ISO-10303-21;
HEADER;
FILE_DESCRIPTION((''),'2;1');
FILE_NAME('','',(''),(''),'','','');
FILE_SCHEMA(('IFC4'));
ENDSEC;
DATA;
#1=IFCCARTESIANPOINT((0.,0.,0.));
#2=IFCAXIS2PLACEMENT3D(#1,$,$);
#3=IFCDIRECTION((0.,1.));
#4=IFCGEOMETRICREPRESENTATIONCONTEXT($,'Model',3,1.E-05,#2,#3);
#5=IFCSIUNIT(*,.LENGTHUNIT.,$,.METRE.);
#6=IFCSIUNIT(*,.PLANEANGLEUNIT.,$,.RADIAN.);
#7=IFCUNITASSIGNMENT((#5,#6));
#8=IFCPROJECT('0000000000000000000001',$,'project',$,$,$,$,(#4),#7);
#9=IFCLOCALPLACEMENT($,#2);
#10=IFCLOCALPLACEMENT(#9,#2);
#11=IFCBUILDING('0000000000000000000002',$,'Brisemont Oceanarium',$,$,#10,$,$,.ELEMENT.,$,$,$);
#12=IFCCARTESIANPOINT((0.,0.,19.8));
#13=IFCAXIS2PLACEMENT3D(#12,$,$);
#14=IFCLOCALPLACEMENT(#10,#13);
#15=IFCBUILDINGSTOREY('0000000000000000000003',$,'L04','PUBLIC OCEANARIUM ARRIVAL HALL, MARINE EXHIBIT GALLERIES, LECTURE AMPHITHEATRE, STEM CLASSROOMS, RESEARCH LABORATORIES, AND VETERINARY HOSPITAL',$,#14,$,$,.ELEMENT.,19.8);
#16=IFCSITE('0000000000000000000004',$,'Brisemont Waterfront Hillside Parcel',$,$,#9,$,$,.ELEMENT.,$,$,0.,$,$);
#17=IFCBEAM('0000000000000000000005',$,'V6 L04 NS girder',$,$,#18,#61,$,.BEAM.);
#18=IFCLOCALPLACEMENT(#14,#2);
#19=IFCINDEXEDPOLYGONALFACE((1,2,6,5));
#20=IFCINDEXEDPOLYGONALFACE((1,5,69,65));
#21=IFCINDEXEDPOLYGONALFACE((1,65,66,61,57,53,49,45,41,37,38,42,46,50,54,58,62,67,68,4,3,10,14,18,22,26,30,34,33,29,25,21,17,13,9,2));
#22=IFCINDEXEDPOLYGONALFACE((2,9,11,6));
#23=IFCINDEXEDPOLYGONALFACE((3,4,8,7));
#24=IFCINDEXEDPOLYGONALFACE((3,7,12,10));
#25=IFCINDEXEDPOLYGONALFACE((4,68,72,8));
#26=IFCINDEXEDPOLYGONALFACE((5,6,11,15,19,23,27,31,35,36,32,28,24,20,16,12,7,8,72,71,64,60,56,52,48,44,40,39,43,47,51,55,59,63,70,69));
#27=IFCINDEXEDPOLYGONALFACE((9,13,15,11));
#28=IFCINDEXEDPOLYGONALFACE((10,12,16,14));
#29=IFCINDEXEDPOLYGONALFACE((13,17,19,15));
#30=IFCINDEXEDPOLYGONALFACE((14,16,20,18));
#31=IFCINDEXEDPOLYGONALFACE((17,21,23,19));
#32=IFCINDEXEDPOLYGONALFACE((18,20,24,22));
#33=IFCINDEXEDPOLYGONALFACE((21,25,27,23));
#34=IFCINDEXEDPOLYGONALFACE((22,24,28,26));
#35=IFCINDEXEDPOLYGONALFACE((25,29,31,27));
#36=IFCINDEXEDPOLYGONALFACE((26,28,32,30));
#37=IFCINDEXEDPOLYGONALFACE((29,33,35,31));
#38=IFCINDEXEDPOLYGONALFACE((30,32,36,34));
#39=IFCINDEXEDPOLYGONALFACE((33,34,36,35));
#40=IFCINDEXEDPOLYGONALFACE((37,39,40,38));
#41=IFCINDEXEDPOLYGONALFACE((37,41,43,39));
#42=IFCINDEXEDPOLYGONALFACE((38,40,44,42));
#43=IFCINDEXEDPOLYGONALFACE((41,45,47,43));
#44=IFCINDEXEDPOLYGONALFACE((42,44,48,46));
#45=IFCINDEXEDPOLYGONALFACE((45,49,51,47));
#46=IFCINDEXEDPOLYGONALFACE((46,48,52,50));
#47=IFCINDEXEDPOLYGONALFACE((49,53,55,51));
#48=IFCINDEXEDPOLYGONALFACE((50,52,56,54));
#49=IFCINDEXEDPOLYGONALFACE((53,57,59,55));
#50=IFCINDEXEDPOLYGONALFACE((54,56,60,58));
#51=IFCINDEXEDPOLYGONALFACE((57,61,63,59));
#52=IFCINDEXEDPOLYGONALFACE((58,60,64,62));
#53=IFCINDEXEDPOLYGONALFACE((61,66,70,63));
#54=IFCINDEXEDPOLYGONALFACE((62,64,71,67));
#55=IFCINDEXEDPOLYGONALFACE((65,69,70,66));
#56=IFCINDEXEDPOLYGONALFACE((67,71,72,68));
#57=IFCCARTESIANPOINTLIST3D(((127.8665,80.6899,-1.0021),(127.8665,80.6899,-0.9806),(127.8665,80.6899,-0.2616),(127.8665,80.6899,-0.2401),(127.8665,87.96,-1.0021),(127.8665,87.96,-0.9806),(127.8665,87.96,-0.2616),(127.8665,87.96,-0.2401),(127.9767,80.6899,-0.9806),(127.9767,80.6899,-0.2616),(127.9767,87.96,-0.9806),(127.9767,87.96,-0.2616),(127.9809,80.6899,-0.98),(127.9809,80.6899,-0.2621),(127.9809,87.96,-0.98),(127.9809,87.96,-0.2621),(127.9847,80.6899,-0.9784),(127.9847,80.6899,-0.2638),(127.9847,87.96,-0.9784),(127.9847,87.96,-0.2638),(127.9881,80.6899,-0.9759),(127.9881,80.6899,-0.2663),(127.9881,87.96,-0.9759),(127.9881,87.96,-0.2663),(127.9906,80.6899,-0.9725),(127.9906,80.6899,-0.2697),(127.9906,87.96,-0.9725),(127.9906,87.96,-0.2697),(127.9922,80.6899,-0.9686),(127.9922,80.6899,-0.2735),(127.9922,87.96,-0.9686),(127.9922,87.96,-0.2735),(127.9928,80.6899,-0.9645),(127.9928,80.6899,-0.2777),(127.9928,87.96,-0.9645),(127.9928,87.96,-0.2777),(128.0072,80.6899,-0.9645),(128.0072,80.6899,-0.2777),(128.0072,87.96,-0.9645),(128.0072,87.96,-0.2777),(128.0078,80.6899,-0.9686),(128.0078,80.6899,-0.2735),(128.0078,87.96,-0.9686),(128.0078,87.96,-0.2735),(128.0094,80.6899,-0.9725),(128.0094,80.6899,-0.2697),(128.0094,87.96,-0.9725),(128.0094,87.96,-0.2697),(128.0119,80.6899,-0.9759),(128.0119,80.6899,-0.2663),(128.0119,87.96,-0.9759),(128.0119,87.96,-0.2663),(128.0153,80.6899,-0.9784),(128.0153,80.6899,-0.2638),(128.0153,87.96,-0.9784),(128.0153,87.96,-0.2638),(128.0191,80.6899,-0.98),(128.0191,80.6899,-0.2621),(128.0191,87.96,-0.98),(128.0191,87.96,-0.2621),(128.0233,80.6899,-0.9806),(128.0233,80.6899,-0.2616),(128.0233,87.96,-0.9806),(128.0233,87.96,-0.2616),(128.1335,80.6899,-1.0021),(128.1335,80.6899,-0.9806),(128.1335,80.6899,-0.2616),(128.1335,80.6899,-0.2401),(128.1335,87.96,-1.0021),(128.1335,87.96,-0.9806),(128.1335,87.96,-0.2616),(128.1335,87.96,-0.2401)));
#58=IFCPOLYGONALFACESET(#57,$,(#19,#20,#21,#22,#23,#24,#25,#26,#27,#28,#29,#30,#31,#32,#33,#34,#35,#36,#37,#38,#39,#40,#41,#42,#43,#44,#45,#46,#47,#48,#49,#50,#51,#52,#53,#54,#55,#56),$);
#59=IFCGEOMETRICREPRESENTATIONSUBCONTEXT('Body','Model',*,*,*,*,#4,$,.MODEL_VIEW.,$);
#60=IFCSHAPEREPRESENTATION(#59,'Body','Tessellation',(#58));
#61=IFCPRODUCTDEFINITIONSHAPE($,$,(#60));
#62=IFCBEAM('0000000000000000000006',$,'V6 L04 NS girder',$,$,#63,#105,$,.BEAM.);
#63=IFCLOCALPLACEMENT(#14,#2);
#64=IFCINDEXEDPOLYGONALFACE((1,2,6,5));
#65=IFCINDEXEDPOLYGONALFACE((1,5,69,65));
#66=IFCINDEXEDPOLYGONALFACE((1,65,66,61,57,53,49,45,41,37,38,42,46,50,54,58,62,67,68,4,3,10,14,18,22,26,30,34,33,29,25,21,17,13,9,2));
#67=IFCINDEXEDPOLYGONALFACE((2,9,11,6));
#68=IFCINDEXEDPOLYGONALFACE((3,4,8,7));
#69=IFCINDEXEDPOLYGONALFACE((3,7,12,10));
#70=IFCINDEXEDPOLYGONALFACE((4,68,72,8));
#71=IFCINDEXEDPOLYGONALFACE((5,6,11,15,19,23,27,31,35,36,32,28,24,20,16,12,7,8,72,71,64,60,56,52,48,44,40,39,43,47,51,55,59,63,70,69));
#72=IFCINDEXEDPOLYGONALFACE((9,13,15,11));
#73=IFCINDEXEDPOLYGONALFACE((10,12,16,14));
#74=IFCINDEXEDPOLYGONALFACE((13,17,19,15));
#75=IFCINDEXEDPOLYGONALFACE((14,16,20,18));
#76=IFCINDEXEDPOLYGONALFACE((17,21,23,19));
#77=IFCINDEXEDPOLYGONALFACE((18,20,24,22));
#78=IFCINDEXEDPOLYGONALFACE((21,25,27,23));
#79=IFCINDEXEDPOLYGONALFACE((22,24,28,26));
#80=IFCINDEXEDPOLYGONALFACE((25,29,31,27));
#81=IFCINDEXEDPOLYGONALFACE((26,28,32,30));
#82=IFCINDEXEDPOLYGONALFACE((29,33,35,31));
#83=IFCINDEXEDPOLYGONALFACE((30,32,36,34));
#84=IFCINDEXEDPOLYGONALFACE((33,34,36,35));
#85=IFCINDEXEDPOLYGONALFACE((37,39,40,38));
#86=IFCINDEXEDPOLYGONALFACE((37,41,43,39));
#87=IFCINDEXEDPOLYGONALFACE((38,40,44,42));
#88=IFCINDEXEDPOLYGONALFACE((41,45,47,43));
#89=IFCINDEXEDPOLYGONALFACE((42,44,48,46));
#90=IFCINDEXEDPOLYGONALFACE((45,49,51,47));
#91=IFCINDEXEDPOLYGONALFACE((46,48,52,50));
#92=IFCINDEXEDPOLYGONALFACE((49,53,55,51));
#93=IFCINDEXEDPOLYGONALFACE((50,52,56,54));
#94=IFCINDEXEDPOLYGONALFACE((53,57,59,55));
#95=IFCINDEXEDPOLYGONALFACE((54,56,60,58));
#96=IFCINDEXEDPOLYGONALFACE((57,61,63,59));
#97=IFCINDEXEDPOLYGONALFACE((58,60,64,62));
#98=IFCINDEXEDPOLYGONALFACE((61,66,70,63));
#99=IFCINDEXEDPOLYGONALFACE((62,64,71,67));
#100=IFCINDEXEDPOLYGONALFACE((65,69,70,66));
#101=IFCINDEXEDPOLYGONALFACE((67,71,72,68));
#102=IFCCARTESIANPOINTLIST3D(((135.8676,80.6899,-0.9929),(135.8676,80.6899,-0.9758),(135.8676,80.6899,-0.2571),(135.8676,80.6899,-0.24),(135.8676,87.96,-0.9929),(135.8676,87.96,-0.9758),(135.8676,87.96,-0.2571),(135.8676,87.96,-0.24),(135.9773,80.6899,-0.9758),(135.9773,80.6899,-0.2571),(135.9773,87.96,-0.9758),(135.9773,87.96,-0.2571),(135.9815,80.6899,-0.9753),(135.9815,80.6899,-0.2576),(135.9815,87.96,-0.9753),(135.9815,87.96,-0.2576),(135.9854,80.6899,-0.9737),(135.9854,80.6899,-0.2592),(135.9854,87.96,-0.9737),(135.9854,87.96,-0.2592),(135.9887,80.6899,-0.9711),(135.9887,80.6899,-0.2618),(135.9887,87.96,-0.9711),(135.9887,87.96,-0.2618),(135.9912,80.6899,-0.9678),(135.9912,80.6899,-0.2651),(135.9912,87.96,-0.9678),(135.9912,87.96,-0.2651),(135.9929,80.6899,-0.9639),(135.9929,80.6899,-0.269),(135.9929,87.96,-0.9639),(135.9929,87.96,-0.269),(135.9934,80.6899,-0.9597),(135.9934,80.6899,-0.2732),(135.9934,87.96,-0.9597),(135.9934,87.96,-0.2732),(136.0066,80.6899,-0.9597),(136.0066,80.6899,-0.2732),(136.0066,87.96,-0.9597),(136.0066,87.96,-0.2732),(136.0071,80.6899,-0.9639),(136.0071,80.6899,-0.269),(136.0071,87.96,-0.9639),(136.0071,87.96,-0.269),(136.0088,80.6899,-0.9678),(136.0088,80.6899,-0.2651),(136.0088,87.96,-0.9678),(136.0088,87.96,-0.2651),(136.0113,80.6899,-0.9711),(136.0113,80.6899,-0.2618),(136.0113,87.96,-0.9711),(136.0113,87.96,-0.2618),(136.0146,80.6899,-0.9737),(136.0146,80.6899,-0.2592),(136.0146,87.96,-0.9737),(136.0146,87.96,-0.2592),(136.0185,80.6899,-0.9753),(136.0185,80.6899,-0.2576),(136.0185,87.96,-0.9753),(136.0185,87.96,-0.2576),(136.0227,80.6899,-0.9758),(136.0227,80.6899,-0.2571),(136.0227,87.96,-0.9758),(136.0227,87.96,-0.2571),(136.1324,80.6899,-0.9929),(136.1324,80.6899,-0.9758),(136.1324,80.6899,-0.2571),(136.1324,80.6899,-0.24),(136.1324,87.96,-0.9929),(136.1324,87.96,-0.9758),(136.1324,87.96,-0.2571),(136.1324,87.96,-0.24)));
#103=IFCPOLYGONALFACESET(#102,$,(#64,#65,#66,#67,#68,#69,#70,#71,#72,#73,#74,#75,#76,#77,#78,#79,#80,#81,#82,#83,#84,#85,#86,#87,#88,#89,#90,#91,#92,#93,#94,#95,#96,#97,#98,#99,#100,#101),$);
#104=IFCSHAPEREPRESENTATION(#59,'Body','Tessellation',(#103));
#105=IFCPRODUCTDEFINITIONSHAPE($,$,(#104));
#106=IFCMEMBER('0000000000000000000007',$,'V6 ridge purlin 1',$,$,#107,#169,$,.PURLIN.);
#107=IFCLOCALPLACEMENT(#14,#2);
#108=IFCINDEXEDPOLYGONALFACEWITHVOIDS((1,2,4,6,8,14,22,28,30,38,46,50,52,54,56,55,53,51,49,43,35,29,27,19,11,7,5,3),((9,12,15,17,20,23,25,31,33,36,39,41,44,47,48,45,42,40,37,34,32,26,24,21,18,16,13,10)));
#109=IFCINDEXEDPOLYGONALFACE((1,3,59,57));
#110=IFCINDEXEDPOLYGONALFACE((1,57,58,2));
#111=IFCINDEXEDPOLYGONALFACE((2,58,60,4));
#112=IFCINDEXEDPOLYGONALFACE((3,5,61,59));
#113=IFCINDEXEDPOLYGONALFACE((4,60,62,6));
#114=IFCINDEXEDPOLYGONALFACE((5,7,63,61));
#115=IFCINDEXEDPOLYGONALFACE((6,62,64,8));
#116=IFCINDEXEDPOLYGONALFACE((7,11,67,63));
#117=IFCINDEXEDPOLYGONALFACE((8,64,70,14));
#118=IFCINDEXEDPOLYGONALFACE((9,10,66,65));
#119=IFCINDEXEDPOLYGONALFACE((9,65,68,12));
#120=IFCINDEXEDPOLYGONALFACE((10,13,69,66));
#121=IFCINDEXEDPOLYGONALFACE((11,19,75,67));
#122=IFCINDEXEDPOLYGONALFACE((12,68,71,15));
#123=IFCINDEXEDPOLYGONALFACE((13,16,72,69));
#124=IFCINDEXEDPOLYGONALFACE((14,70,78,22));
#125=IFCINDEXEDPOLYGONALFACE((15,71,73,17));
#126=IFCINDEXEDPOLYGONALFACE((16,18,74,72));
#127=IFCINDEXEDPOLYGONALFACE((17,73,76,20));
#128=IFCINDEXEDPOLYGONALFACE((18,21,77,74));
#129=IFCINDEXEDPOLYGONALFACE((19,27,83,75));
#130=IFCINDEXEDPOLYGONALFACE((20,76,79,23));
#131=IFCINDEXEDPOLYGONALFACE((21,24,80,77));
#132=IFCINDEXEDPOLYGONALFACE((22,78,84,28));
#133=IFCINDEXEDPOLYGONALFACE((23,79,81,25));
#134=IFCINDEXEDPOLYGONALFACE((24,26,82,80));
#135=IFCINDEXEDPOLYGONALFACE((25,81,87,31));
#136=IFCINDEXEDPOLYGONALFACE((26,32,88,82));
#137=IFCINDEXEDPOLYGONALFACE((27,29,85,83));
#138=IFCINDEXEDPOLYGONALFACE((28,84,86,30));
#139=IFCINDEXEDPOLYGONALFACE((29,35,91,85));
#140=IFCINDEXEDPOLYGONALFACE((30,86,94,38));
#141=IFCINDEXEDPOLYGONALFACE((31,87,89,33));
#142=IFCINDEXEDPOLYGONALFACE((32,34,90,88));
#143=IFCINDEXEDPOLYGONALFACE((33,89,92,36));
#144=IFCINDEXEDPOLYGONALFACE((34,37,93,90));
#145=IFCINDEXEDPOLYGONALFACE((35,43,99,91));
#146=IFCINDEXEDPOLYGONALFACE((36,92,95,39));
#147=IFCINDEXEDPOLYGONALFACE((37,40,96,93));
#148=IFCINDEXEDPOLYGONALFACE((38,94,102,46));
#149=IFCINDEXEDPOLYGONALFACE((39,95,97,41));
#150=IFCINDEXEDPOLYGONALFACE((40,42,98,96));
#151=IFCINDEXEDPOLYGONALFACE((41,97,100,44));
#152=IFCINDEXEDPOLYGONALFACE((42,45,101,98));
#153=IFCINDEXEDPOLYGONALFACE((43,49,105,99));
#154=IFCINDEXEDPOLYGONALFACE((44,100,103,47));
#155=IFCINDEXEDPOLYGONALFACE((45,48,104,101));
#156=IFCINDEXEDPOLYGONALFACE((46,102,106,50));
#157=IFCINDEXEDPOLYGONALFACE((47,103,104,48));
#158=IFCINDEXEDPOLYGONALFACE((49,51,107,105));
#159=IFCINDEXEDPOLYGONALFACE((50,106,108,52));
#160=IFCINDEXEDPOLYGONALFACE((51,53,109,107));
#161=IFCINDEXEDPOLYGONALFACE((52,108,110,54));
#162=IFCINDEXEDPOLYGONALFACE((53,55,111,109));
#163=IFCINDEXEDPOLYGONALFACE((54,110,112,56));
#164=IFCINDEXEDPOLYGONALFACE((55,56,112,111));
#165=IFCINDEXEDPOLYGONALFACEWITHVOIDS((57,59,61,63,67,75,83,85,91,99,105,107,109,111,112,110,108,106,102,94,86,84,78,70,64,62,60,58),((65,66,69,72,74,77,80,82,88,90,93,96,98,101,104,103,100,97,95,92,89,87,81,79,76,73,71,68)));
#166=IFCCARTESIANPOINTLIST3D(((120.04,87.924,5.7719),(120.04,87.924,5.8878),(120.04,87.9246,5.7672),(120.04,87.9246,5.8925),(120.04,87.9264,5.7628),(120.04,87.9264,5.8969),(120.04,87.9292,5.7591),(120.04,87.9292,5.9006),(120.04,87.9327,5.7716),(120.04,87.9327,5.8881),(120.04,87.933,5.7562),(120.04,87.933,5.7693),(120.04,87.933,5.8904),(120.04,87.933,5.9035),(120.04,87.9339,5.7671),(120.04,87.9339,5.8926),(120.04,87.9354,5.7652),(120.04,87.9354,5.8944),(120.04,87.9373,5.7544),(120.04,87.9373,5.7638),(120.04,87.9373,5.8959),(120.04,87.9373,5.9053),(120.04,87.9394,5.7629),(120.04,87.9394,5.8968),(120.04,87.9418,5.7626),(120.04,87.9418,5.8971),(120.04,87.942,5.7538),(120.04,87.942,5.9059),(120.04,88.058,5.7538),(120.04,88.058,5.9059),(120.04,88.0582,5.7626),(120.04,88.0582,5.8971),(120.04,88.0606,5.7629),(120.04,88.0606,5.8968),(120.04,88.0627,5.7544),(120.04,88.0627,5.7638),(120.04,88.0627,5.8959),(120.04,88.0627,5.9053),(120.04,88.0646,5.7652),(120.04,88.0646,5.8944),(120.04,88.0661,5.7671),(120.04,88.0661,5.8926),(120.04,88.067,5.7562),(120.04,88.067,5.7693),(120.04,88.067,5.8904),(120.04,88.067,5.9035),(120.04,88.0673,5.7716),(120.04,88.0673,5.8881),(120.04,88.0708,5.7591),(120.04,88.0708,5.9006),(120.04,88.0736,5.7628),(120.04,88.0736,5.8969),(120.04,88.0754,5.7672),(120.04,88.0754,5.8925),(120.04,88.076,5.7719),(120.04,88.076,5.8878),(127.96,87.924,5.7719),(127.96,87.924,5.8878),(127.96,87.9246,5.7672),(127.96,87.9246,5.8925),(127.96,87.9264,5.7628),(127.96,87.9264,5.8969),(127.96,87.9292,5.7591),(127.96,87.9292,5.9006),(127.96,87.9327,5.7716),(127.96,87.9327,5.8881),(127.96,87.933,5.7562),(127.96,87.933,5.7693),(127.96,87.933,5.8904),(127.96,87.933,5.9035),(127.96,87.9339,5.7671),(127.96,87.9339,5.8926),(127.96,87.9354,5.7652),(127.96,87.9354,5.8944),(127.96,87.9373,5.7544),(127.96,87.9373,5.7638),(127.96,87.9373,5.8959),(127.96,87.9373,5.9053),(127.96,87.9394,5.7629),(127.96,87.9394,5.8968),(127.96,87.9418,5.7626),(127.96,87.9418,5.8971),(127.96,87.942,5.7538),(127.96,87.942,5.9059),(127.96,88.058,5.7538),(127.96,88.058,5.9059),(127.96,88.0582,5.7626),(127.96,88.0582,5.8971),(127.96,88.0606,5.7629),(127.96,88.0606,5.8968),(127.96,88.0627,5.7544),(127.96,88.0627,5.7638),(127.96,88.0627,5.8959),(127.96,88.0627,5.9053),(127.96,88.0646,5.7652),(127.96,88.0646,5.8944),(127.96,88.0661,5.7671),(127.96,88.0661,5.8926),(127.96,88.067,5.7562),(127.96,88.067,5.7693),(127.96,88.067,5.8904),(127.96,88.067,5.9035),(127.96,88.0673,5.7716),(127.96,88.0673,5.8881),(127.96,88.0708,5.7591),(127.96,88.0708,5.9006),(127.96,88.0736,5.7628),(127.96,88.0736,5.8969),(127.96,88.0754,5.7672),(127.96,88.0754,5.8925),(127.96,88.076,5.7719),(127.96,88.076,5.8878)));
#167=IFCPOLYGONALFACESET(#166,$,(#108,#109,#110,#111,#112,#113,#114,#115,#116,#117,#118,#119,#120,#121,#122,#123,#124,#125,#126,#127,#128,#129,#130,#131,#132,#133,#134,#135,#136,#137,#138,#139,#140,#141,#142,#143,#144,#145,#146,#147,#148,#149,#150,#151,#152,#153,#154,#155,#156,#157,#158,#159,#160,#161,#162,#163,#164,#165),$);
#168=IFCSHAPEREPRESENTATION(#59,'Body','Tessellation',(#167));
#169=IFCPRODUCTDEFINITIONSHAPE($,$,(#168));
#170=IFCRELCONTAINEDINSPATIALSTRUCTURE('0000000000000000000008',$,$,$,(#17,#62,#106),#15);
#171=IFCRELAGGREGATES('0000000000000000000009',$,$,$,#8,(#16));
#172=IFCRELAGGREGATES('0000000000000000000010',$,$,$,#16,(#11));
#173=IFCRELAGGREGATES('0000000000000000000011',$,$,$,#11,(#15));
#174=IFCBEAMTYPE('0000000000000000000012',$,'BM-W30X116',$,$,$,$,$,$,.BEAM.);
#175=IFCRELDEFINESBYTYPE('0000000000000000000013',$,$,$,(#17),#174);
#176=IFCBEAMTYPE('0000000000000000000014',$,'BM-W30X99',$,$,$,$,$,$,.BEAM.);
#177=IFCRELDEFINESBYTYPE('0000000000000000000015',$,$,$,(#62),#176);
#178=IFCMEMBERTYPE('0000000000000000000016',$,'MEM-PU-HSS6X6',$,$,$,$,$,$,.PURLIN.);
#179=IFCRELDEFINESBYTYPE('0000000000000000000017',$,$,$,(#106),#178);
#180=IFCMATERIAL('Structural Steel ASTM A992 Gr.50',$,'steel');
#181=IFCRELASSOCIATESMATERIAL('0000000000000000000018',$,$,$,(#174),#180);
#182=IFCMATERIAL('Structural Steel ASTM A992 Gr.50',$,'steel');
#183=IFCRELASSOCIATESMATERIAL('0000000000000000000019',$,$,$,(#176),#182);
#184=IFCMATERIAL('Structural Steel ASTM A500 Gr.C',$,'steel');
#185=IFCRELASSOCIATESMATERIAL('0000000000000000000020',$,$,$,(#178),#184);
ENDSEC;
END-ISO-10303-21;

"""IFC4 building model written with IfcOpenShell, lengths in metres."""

from ifc_helpers import new_model, si_unit, direction, frame, origin, origin_2d, place, context, subcontext, project, spatial, hollow_rectangle, i_section, extrude, material, material_profile, profile_set, type_object, element, save


model = new_model("IFC4")

# Units and contexts
model_context = context("Model", 3, precision=1e-05, world=origin(), true_north=direction((0.0, 1.0)))
body_context = subcontext(model_context, "Body", "Model", "MODEL_VIEW")
ifc_project = project(units=[si_unit("LENGTHUNIT", "METRE"), si_unit("PLANEANGLEUNIT", "RADIAN")], contexts=[model_context])

# Site, building, storey
site_placement = place(None, origin())
site = spatial("IfcSite", under=ifc_project, at=site_placement, Name="Brisemont Waterfront Hillside Parcel", CompositionType="ELEMENT", RefElevation=0.0)
building_placement = place(site_placement, origin())
building = spatial("IfcBuilding", under=site, at=building_placement, Name="Brisemont Oceanarium", CompositionType="ELEMENT")
storey_placement = place(building_placement, frame((0.0, 0.0, 19.8)))
storey = spatial("IfcBuildingStorey", under=building, at=storey_placement, Name="L04", Description="PUBLIC OCEANARIUM ARRIVAL HALL, MARINE EXHIBIT GALLERIES, LECTURE AMPHITHEATRE, STEM CLASSROOMS, RESEARCH LABORATORIES, AND VETERINARY HOSPITAL", CompositionType="ELEMENT", Elevation=19.8)

# Beams
ifc_material_1 = material(Name="Structural Steel ASTM A992 Gr.50", Category="steel")
ifc_material_profile_1 = material_profile(ifc_material_1, i_section(OverallWidth=0.2671, OverallDepth=0.762, WebThickness=0.0144, FlangeThickness=0.0215, FilletRadius=0.0161, at=origin_2d()), Name="W30X116")
ifc_profile_set_1 = profile_set([ifc_material_profile_1], Name="Structural Steel ASTM A992 Gr.50")
beam_type_1 = type_object("IfcBeamType", Name="BM-W30X116", PredefinedType="BEAM", material=ifc_profile_set_1)
beam_1_placement = place(storey_placement, frame((128.0, 80.6899, -0.6211), z_axis=(0.0, 1.0, 0.0), x_axis=(-1.0, 0.0, 0.0)))
element("IfcBeam", 1, at=beam_1_placement, inside=storey, type_object=beam_type_1, Name="V6 L04 NS girder", PredefinedType="BEAM", context=body_context, shape_type="SweptSolid", body=[
    extrude(i_section(OverallWidth=0.2671, OverallDepth=0.762, WebThickness=0.0144, FlangeThickness=0.0215, FilletRadius=0.0161, at=origin_2d()), origin(), (0.0, 0.0, 1.0), 7.27),
])
ifc_material_2 = material(Name="Structural Steel ASTM A992 Gr.50", Category="steel")
ifc_material_profile_2 = material_profile(ifc_material_2, i_section(OverallWidth=0.2649, OverallDepth=0.7529, WebThickness=0.0132, FlangeThickness=0.0171, FilletRadius=0.0161, at=origin_2d()), Name="W30X99")
ifc_profile_set_2 = profile_set([ifc_material_profile_2], Name="Structural Steel ASTM A992 Gr.50")
beam_type_2 = type_object("IfcBeamType", Name="BM-W30X99", PredefinedType="BEAM", material=ifc_profile_set_2)
beam_2_placement = place(storey_placement, frame((136.0, 80.6899, -0.6165), z_axis=(0.0, 1.0, 0.0), x_axis=(-1.0, 0.0, 0.0)))
element("IfcBeam", 2, at=beam_2_placement, inside=storey, type_object=beam_type_2, Name="V6 L04 NS girder", PredefinedType="BEAM", context=body_context, shape_type="SweptSolid", body=[
    extrude(i_section(OverallWidth=0.2649, OverallDepth=0.7529, WebThickness=0.0132, FlangeThickness=0.0171, FilletRadius=0.0161, at=origin_2d()), origin(), (0.0, 0.0, 1.0), 7.27),
])

# Member
ifc_material_3 = material(Name="Structural Steel ASTM A500 Gr.C", Category="steel")
ifc_material_profile_3 = material_profile(ifc_material_3, hollow_rectangle(XDim=0.1521, YDim=0.1521, WallThickness=0.0088, InnerFilletRadius=0.009, OuterFilletRadius=0.0181, at=origin_2d()), Name="HSS6X6X3/8")
ifc_profile_set_3 = profile_set([ifc_material_profile_3], Name="Structural Steel ASTM A500 Gr.C")
member_type_1 = type_object("IfcMemberType", Name="MEM-PU-HSS6X6", PredefinedType="PURLIN", material=ifc_profile_set_3)
member_placement = place(storey_placement, frame((120.04, 88.0, 5.8298), z_axis=(1.0, 0.0, 0.0), x_axis=(0.0, 1.0, 0.0)))
element("IfcMember", 3, at=member_placement, inside=storey, type_object=member_type_1, Name="V6 ridge purlin 1", PredefinedType="PURLIN", context=body_context, shape_type="SweptSolid", body=[
    extrude(hollow_rectangle(XDim=0.1521, YDim=0.1521, WallThickness=0.0088, InnerFilletRadius=0.009, OuterFilletRadius=0.0181, at=origin_2d()), origin(), (0.0, 0.0, 1.0), 7.9199),
])

save(model, "model.ifc")
